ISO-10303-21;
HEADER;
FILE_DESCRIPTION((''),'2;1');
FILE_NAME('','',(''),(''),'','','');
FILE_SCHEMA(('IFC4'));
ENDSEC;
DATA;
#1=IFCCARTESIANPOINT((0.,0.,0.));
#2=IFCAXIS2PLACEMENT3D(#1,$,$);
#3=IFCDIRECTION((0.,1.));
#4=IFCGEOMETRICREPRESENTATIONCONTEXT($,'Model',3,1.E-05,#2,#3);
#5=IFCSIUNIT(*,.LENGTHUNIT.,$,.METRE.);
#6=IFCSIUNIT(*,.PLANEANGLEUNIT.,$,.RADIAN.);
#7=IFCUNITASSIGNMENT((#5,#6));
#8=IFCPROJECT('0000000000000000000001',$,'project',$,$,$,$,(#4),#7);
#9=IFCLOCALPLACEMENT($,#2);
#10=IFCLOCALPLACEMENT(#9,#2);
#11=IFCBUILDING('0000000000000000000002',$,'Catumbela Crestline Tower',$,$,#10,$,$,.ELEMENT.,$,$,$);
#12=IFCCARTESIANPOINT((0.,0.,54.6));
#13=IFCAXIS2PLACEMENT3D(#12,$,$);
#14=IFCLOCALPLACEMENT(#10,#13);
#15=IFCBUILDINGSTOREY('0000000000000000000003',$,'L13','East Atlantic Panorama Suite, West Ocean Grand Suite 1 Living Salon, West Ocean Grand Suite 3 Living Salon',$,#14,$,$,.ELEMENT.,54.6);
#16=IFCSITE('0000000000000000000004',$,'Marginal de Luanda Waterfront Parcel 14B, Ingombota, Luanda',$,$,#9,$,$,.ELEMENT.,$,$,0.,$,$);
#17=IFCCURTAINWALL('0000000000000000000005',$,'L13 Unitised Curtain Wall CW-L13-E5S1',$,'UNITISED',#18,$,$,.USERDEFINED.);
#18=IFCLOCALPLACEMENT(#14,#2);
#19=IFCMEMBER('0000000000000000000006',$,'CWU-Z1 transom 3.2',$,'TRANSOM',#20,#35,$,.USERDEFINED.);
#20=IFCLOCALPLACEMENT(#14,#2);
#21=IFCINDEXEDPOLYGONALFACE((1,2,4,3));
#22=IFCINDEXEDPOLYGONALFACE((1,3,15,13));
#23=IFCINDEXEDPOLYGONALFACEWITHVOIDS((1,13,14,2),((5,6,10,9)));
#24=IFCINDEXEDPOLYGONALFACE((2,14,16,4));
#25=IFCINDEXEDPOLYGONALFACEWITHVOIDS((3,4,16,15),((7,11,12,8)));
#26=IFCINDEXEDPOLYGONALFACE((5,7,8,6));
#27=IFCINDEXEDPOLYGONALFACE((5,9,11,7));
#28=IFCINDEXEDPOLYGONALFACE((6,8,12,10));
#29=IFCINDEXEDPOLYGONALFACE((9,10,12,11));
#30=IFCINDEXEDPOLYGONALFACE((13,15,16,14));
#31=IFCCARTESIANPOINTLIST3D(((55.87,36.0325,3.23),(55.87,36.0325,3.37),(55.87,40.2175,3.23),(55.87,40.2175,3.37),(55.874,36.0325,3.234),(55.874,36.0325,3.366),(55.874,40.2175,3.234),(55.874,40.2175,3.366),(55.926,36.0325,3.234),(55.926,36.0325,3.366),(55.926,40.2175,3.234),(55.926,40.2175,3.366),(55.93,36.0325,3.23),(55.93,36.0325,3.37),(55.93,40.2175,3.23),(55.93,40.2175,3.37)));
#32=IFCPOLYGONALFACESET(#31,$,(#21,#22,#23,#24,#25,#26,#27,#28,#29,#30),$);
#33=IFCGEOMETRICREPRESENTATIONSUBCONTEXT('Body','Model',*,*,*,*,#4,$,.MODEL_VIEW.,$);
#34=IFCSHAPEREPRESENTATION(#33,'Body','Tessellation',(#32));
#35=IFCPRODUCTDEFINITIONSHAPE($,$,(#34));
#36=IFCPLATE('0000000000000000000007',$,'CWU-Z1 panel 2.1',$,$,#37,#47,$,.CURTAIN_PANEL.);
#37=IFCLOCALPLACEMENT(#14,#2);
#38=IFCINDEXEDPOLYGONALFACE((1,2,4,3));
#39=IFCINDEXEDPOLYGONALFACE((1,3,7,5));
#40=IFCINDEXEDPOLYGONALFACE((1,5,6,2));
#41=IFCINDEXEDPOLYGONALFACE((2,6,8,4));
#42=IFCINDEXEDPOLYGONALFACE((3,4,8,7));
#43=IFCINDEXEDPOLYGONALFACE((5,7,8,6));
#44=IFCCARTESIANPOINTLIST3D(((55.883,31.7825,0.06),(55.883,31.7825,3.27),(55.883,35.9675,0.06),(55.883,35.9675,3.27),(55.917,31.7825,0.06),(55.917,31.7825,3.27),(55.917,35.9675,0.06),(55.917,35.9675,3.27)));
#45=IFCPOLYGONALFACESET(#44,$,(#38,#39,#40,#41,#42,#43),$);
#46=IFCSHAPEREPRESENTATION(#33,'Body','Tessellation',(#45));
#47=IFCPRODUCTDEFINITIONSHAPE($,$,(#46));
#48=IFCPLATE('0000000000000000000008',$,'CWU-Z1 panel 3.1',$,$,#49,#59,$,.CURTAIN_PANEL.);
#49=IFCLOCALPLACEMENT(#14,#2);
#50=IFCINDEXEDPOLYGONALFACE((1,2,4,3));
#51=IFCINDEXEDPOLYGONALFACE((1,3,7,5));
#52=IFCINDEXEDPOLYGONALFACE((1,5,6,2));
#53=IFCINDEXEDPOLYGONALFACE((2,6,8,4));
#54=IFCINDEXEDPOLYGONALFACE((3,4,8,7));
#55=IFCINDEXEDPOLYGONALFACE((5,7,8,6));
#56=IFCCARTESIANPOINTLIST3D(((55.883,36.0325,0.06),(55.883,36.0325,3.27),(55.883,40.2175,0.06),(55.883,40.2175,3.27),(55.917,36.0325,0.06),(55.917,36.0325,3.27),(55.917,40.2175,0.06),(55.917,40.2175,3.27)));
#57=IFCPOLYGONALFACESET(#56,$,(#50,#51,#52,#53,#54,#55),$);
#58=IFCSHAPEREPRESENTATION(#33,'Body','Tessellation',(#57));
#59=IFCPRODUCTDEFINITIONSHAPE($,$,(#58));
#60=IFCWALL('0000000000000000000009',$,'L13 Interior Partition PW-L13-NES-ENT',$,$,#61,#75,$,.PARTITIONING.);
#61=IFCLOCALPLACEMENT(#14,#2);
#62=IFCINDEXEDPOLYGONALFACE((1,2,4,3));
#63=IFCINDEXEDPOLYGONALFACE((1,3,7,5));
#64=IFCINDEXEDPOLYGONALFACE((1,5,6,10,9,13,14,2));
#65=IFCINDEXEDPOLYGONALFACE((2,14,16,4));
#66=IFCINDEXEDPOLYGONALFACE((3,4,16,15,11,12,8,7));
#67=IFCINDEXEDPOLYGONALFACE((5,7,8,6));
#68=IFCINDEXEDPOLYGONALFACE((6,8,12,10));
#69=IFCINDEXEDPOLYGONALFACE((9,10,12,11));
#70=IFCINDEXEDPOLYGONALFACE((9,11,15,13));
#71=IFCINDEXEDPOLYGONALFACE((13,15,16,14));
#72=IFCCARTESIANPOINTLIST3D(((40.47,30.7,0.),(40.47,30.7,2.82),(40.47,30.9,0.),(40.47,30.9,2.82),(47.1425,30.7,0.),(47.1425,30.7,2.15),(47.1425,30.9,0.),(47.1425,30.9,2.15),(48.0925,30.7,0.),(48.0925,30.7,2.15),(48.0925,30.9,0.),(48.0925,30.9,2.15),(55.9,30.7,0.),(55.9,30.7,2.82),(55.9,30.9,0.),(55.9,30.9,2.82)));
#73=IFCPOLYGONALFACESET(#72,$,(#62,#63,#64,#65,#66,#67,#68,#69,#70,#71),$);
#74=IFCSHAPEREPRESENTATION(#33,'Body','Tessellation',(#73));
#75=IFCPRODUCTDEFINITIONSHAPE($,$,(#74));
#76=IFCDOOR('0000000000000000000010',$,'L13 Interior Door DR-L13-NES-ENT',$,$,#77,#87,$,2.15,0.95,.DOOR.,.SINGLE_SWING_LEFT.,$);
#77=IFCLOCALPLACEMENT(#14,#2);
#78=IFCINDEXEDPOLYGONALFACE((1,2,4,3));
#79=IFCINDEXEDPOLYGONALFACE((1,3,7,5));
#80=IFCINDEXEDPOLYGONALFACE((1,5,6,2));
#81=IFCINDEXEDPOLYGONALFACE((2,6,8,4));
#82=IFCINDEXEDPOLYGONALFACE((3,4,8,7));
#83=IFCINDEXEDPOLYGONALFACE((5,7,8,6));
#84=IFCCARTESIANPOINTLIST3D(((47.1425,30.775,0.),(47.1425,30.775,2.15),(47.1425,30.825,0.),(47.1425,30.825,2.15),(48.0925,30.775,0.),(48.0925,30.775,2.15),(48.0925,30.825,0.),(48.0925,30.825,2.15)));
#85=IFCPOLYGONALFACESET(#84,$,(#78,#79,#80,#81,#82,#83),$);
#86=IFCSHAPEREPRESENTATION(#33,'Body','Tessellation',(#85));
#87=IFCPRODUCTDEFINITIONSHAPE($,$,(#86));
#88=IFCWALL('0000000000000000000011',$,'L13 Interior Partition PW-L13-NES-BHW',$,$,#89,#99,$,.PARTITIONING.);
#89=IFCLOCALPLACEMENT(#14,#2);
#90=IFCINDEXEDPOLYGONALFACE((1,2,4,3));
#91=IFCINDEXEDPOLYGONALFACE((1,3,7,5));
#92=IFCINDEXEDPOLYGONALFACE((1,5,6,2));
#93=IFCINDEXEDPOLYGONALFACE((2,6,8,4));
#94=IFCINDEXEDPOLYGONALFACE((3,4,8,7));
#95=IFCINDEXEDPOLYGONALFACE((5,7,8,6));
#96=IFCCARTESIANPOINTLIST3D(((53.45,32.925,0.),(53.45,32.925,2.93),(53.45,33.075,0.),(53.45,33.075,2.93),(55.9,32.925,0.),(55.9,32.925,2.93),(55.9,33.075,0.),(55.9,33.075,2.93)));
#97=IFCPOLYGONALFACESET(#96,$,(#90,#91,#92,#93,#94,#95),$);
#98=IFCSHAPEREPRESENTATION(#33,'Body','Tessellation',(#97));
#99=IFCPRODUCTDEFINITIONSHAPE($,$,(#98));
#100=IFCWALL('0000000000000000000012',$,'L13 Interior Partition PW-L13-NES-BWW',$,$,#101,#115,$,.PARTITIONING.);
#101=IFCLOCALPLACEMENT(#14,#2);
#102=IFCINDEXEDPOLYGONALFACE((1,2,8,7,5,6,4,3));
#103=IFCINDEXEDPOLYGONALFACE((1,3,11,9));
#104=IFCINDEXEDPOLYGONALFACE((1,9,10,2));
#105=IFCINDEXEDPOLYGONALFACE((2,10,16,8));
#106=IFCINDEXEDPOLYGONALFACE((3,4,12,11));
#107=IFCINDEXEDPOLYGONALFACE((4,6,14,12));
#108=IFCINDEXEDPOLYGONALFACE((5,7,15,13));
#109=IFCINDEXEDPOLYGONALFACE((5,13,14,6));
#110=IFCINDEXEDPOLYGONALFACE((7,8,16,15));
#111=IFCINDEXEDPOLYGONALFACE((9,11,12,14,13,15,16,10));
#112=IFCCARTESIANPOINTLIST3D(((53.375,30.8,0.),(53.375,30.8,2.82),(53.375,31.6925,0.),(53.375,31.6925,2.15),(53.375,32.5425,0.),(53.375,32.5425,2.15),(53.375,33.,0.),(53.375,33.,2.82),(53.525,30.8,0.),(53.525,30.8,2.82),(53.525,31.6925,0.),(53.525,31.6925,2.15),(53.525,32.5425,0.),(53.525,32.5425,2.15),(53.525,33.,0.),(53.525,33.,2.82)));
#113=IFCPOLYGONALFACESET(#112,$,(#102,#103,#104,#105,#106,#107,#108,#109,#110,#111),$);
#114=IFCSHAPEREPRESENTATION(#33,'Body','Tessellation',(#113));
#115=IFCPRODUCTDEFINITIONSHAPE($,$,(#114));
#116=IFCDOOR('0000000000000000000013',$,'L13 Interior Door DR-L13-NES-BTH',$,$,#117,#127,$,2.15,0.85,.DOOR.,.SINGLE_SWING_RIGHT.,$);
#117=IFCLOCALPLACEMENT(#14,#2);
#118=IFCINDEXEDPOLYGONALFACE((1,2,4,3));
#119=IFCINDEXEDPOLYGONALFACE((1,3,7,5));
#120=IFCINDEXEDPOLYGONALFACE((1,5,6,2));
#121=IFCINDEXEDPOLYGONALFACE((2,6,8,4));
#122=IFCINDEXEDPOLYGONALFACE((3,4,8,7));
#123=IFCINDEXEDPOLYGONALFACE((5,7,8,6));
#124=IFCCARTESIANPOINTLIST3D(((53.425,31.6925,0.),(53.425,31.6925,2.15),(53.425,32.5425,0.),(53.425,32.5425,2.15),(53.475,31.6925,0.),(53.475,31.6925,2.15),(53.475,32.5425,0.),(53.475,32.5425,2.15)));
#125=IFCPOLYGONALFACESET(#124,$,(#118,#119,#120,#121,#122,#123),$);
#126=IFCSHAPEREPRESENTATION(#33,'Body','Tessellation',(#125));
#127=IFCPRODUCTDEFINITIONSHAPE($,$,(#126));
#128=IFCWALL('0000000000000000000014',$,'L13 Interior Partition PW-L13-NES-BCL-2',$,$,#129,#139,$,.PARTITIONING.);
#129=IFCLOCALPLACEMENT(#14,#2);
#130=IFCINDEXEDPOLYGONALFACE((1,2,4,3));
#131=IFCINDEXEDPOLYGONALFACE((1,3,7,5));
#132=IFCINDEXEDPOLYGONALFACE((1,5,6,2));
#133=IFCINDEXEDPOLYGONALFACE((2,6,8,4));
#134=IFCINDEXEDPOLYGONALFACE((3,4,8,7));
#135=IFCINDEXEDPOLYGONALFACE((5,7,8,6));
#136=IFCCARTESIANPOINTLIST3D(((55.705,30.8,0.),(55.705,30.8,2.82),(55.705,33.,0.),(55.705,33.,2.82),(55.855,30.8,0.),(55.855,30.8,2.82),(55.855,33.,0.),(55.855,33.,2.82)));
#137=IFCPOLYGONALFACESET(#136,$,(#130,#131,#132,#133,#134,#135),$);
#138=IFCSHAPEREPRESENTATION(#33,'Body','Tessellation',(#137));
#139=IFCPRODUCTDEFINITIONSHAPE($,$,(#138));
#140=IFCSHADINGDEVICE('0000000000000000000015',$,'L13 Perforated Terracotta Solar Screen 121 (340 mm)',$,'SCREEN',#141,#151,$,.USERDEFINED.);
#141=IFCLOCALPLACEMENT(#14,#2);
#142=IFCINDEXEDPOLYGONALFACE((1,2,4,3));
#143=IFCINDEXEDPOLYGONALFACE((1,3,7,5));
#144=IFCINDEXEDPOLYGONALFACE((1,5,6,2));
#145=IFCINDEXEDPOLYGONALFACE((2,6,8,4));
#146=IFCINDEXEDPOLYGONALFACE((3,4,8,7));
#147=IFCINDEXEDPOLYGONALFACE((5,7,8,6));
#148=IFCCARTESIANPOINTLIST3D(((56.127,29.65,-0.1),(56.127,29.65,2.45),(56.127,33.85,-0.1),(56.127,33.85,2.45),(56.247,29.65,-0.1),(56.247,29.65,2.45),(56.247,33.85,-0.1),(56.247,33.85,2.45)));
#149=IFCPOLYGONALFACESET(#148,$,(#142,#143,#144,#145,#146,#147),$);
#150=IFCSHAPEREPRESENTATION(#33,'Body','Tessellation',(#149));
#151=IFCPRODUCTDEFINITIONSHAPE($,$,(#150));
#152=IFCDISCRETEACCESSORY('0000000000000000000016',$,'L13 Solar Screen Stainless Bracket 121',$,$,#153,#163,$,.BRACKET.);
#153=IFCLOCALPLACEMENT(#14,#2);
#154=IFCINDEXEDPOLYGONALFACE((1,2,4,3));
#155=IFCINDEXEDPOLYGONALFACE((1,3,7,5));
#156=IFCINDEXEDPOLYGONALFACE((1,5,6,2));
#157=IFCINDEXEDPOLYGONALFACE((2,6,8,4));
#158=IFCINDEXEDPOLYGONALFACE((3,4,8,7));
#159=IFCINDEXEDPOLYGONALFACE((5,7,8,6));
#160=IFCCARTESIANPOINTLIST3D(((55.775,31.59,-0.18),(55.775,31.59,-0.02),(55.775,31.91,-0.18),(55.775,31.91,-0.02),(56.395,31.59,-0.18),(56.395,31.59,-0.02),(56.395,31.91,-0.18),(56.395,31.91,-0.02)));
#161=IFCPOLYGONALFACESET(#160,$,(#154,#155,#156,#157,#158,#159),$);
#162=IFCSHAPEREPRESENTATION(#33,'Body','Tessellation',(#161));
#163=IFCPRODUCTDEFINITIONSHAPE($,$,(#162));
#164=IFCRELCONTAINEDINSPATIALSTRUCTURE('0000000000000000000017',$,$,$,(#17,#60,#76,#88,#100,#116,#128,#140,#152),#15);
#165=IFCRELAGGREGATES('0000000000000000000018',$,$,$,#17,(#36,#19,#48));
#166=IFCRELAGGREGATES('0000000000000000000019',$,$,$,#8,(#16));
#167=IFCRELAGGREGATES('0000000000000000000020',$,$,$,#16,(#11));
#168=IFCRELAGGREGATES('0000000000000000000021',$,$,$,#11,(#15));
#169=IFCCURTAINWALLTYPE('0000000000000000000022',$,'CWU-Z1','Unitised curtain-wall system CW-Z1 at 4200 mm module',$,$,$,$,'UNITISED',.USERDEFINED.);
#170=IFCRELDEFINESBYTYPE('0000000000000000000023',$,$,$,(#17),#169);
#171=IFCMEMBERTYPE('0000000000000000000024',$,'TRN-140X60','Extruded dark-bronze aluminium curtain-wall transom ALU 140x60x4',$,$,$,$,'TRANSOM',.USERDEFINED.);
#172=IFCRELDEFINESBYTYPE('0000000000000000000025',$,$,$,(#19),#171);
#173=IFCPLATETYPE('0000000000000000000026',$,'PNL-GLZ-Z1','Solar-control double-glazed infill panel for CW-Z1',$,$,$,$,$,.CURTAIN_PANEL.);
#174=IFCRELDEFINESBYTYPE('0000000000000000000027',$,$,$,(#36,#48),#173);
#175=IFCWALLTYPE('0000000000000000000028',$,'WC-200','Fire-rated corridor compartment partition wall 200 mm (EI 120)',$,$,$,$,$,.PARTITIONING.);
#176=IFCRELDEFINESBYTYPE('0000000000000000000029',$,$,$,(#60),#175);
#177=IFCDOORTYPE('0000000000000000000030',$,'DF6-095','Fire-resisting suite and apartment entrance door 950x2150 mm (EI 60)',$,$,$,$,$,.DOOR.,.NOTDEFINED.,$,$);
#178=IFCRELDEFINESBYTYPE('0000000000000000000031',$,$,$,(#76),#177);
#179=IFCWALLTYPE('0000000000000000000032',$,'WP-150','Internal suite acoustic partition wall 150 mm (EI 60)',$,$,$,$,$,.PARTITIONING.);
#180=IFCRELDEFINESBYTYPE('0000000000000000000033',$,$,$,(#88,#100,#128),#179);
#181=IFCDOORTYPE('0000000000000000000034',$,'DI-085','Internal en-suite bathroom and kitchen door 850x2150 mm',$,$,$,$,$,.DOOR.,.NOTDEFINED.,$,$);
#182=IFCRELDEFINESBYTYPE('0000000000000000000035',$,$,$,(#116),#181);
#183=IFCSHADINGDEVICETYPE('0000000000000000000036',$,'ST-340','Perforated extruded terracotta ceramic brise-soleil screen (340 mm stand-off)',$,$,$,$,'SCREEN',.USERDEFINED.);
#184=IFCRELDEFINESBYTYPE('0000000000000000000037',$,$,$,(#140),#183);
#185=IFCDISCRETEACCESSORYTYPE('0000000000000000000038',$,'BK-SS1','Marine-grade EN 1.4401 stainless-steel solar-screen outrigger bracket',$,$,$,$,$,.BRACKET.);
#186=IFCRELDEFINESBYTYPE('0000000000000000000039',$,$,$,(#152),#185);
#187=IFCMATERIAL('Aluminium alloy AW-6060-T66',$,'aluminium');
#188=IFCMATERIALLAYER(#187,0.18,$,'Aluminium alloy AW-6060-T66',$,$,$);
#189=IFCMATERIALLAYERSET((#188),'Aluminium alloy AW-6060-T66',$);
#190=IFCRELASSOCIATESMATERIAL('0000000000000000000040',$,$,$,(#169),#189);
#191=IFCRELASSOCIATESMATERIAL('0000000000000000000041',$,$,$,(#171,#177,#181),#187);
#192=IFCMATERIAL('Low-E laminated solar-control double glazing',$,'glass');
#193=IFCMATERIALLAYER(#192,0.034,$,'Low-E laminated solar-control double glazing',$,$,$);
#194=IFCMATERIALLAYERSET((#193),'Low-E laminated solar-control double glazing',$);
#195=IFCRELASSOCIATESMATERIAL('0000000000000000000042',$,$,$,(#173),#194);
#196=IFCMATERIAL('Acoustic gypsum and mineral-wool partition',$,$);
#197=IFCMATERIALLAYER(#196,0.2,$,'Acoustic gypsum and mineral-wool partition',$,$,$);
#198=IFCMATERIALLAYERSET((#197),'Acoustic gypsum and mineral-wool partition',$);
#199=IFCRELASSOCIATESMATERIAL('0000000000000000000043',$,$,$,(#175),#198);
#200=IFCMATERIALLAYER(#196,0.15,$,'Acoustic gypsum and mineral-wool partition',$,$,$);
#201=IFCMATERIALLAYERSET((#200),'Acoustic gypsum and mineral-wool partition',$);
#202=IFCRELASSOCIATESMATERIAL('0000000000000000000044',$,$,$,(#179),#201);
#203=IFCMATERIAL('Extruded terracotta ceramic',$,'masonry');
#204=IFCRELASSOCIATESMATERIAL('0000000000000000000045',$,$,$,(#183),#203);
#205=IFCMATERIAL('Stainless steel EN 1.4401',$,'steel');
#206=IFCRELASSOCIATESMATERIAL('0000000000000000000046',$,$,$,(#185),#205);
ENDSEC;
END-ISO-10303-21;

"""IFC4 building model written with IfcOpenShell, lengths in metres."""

from ifc_helpers import new_model, si_unit, direction, frame, frame_2d, origin, origin_2d, place, context, subcontext, project, spatial, rectangle, hollow_rectangle, extrude, material, layer, layer_set, material_profile, profile_set, type_object, element, fill, aggregate, save


model = new_model("IFC4")

# Units and contexts
model_context = context("Model", 3, precision=1e-05, world=origin(), true_north=direction((0.0, 1.0)))
body_context = subcontext(model_context, "Body", "Model", "MODEL_VIEW")
ifc_project = project(units=[si_unit("LENGTHUNIT", "METRE"), si_unit("PLANEANGLEUNIT", "RADIAN")], contexts=[model_context])

# Site, building, storey
site_placement = place(None, origin())
site = spatial("IfcSite", under=ifc_project, at=site_placement, Name="Marginal de Luanda Waterfront Parcel 14B, Ingombota, Luanda", CompositionType="ELEMENT", RefElevation=0.0)
building_placement = place(site_placement, origin())
building = spatial("IfcBuilding", under=site, at=building_placement, Name="Catumbela Crestline Tower", CompositionType="ELEMENT")
storey_placement = place(building_placement, frame((0.0, 0.0, 54.6)))
storey = spatial("IfcBuildingStorey", under=building, at=storey_placement, Name="L13", Description="East Atlantic Panorama Suite, West Ocean Grand Suite 1 Living Salon, West Ocean Grand Suite 3 Living Salon", CompositionType="ELEMENT", Elevation=54.6)

# Curtain wall
ifc_material_1 = material(Name="Aluminium alloy AW-6060-T66", Category="aluminium")
ifc_layer_1 = layer(ifc_material_1, 0.18, Name="Aluminium alloy AW-6060-T66")
ifc_layer_set_1 = layer_set([ifc_layer_1], Name="Aluminium alloy AW-6060-T66")
curtain_wall_type = type_object("IfcCurtainWallType", Name="CWU-Z1", Description="Unitised curtain-wall system CW-Z1 at 4200 mm module", ElementType="UNITISED", PredefinedType="USERDEFINED", material=ifc_layer_set_1)
curtain_wall_placement = place(storey_placement, origin())
curtain_wall = element("IfcCurtainWall", 1, at=curtain_wall_placement, inside=storey, type_object=curtain_wall_type, Name="L13 Unitised Curtain Wall CW-L13-E5S1", ObjectType="UNITISED", PredefinedType="USERDEFINED")

# Member
ifc_material_profile_1 = material_profile(ifc_material_1, hollow_rectangle(XDim=0.06, YDim=0.14, WallThickness=0.004, at=origin_2d()), Name="ALU 140x60x4")
ifc_profile_set_1 = profile_set([ifc_material_profile_1], Name="Aluminium alloy AW-6060-T66")
member_type_1 = type_object("IfcMemberType", Name="TRN-140X60", Description="Extruded dark-bronze aluminium curtain-wall transom ALU 140x60x4", ElementType="TRANSOM", PredefinedType="USERDEFINED", material=ifc_profile_set_1)
member_1_placement = place(storey_placement, frame((55.9, 36.0325, 3.3), z_axis=(0.0, 1.0, 0.0), x_axis=(-1.0, 0.0, 0.0)))
member_1 = element("IfcMember", 2, at=member_1_placement, type_object=member_type_1, Name="CWU-Z1 transom 3.2", ObjectType="TRANSOM", PredefinedType="USERDEFINED", context=body_context, shape_type="SweptSolid", body=[
    extrude(hollow_rectangle(XDim=0.06, YDim=0.14, WallThickness=0.004, at=origin_2d()), origin(), (0.0, 0.0, 1.0), 4.185),
])

# Plates
ifc_material_2 = material(Name="Low-E laminated solar-control double glazing", Category="glass")
ifc_layer_2 = layer(ifc_material_2, 0.034, Name="Low-E laminated solar-control double glazing")
ifc_layer_set_2 = layer_set([ifc_layer_2], Name="Low-E laminated solar-control double glazing")
plate_type = type_object("IfcPlateType", Name="PNL-GLZ-Z1", Description="Solar-control double-glazed infill panel for CW-Z1", PredefinedType="CURTAIN_PANEL", material=ifc_layer_set_2)
plate_1_placement = place(storey_placement, frame((55.9, 33.875, 0.06), z_axis=(0.0, 0.0, 1.0), x_axis=(0.0, 1.0, 0.0)))
plate_1 = element("IfcPlate", 3, at=plate_1_placement, type_object=plate_type, Name="CWU-Z1 panel 2.1", PredefinedType="CURTAIN_PANEL", context=body_context, shape_type="SweptSolid", body=[
    extrude(rectangle(XDim=4.185, YDim=0.034, at=origin_2d()), origin(), (0.0, 0.0, 1.0), 3.21),
])
plate_2_placement = place(storey_placement, frame((55.9, 38.125, 0.06), z_axis=(0.0, 0.0, 1.0), x_axis=(0.0, 1.0, 0.0)))
plate_2 = element("IfcPlate", 4, at=plate_2_placement, type_object=plate_type, Name="CWU-Z1 panel 3.1", PredefinedType="CURTAIN_PANEL", context=body_context, shape_type="SweptSolid", body=[
    extrude(rectangle(XDim=4.185, YDim=0.034, at=origin_2d()), origin(), (0.0, 0.0, 1.0), 3.21),
])
aggregate(curtain_wall, [plate_1, member_1, plate_2])

# Wall, opening, door
ifc_material_3 = material(Name="Acoustic gypsum and mineral-wool partition")
ifc_layer_3 = layer(ifc_material_3, 0.2, Name="Acoustic gypsum and mineral-wool partition")
ifc_layer_set_3 = layer_set([ifc_layer_3], Name="Acoustic gypsum and mineral-wool partition")
wall_type_1 = type_object("IfcWallType", Name="WC-200", Description="Fire-rated corridor compartment partition wall 200 mm (EI 120)", PredefinedType="PARTITIONING", material=ifc_layer_set_3)
wall_1_placement = place(storey_placement, frame((40.47, 30.8, 0.0), z_axis=(0.0, 0.0, 1.0), x_axis=(1.0, 0.0, 0.0)))
wall_1 = element("IfcWall", 5, at=wall_1_placement, inside=storey, type_object=wall_type_1, Name="L13 Interior Partition PW-L13-NES-ENT", PredefinedType="PARTITIONING", context=body_context, shape_type="SweptSolid", body=[
    extrude(rectangle(XDim=15.43, YDim=0.2, at=frame_2d((7.715, 0.0))), origin(), (0.0, 0.0, 1.0), 2.82),
])
opening_1_placement = place(wall_1_placement, frame((6.6725, 0.0, 0.0)))
opening_1 = element("IfcOpeningElement", 6, at=opening_1_placement, cuts=wall_1, PredefinedType="OPENING", context=body_context, shape_type="SweptSolid", body=[
    extrude(rectangle(XDim=0.95, YDim=2.15, at=frame_2d((0.475, 1.075))), frame((0.0, 0.11, 0.0), z_axis=(0.0, -1.0, 0.0), x_axis=(1.0, 0.0, 0.0)), (0.0, 0.0, 1.0), 0.22),
])
door_type_1 = type_object("IfcDoorType", Name="DF6-095", Description="Fire-resisting suite and apartment entrance door 950x2150 mm (EI 60)", OperationType="NOTDEFINED", PredefinedType="DOOR", material=ifc_material_1)
door_1_placement = place(opening_1_placement, origin())
door_1 = element("IfcDoor", 7, at=door_1_placement, inside=storey, type_object=door_type_1, Name="L13 Interior Door DR-L13-NES-ENT", OperationType="SINGLE_SWING_LEFT", OverallHeight=2.15, OverallWidth=0.95, PredefinedType="DOOR", context=body_context, shape_type="SweptSolid", body=[
    extrude(rectangle(XDim=0.95, YDim=2.15, at=frame_2d((0.475, 1.075))), frame((0.0, 0.025, 0.0), z_axis=(0.0, -1.0, 0.0), x_axis=(1.0, 0.0, 0.0)), (0.0, 0.0, 1.0), 0.05),
])
fill(opening_1, door_1)

# Wall
ifc_layer_4 = layer(ifc_material_3, 0.15, Name="Acoustic gypsum and mineral-wool partition")
ifc_layer_set_4 = layer_set([ifc_layer_4], Name="Acoustic gypsum and mineral-wool partition")
wall_type_2 = type_object("IfcWallType", Name="WP-150", Description="Internal suite acoustic partition wall 150 mm (EI 60)", PredefinedType="PARTITIONING", material=ifc_layer_set_4)
wall_2_placement = place(storey_placement, frame((53.45, 33.0, 0.0), z_axis=(0.0, 0.0, 1.0), x_axis=(1.0, 0.0, 0.0)))
element("IfcWall", 8, at=wall_2_placement, inside=storey, type_object=wall_type_2, Name="L13 Interior Partition PW-L13-NES-BHW", PredefinedType="PARTITIONING", context=body_context, shape_type="SweptSolid", body=[
    extrude(rectangle(XDim=2.45, YDim=0.15, at=frame_2d((1.225, 0.0))), origin(), (0.0, 0.0, 1.0), 2.93),
])

# Wall, opening, door
wall_3_placement = place(storey_placement, frame((53.45, 30.8, 0.0), z_axis=(0.0, 0.0, 1.0), x_axis=(0.0, 1.0, 0.0)))
wall_3 = element("IfcWall", 9, at=wall_3_placement, inside=storey, type_object=wall_type_2, Name="L13 Interior Partition PW-L13-NES-BWW", PredefinedType="PARTITIONING", context=body_context, shape_type="SweptSolid", body=[
    extrude(rectangle(XDim=2.2, YDim=0.15, at=frame_2d((1.1, 0.0))), origin(), (0.0, 0.0, 1.0), 2.82),
])
opening_2_placement = place(wall_3_placement, frame((0.8925, 0.0, 0.0)))
opening_2 = element("IfcOpeningElement", 10, at=opening_2_placement, cuts=wall_3, PredefinedType="OPENING", context=body_context, shape_type="SweptSolid", body=[
    extrude(rectangle(XDim=0.85, YDim=2.15, at=frame_2d((0.425, 1.075))), frame((0.0, 0.085, 0.0), z_axis=(0.0, -1.0, 0.0), x_axis=(1.0, 0.0, 0.0)), (0.0, 0.0, 1.0), 0.17),
])
door_type_2 = type_object("IfcDoorType", Name="DI-085", Description="Internal en-suite bathroom and kitchen door 850x2150 mm", OperationType="NOTDEFINED", PredefinedType="DOOR", material=ifc_material_1)
door_2_placement = place(opening_2_placement, origin())
door_2 = element("IfcDoor", 11, at=door_2_placement, inside=storey, type_object=door_type_2, Name="L13 Interior Door DR-L13-NES-BTH", OperationType="SINGLE_SWING_RIGHT", OverallHeight=2.15, OverallWidth=0.85, PredefinedType="DOOR", context=body_context, shape_type="SweptSolid", body=[
    extrude(rectangle(XDim=0.85, YDim=2.15, at=frame_2d((0.425, 1.075))), frame((0.0, 0.025, 0.0), z_axis=(0.0, -1.0, 0.0), x_axis=(1.0, 0.0, 0.0)), (0.0, 0.0, 1.0), 0.05),
])
fill(opening_2, door_2)

# Wall
wall_4_placement = place(storey_placement, frame((55.78, 33.0, 0.0), z_axis=(0.0, 0.0, 1.0), x_axis=(0.0, -1.0, 0.0)))
element("IfcWall", 12, at=wall_4_placement, inside=storey, type_object=wall_type_2, Name="L13 Interior Partition PW-L13-NES-BCL-2", PredefinedType="PARTITIONING", context=body_context, shape_type="SweptSolid", body=[
    extrude(rectangle(XDim=2.2, YDim=0.15, at=frame_2d((1.1, 0.0))), origin(), (0.0, 0.0, 1.0), 2.82),
])

# Shading device
ifc_material_4 = material(Name="Extruded terracotta ceramic", Category="masonry")
shading_device_type = type_object("IfcShadingDeviceType", Name="ST-340", Description="Perforated extruded terracotta ceramic brise-soleil screen (340 mm stand-off)", ElementType="SCREEN", PredefinedType="USERDEFINED", material=ifc_material_4)
shading_device_placement = place(storey_placement, frame((56.187, 31.75, -0.1), z_axis=(0.0, 0.0, 1.0), x_axis=(0.0, 1.0, 0.0)))
element("IfcShadingDevice", 13, at=shading_device_placement, inside=storey, type_object=shading_device_type, Name="L13 Perforated Terracotta Solar Screen 121 (340 mm)", ObjectType="SCREEN", PredefinedType="USERDEFINED", context=body_context, shape_type="SweptSolid", body=[
    extrude(rectangle(XDim=4.2, YDim=0.12, at=origin_2d()), origin(), (0.0, 0.0, 1.0), 2.55),
])

# Discrete accessory
ifc_material_5 = material(Name="Stainless steel EN 1.4401", Category="steel")
discrete_accessory_type = type_object("IfcDiscreteAccessoryType", Name="BK-SS1", Description="Marine-grade EN 1.4401 stainless-steel solar-screen outrigger bracket", PredefinedType="BRACKET", material=ifc_material_5)
discrete_accessory_placement = place(storey_placement, frame((56.085, 31.75, -0.18), z_axis=(0.0, 0.0, 1.0), x_axis=(0.0, 1.0, 0.0)))
element("IfcDiscreteAccessory", 14, at=discrete_accessory_placement, inside=storey, type_object=discrete_accessory_type, Name="L13 Solar Screen Stainless Bracket 121", PredefinedType="BRACKET", context=body_context, shape_type="SweptSolid", body=[
    extrude(rectangle(XDim=0.32, YDim=0.62, at=origin_2d()), origin(), (0.0, 0.0, 1.0), 0.16),
])

save(model, "model.ifc")
